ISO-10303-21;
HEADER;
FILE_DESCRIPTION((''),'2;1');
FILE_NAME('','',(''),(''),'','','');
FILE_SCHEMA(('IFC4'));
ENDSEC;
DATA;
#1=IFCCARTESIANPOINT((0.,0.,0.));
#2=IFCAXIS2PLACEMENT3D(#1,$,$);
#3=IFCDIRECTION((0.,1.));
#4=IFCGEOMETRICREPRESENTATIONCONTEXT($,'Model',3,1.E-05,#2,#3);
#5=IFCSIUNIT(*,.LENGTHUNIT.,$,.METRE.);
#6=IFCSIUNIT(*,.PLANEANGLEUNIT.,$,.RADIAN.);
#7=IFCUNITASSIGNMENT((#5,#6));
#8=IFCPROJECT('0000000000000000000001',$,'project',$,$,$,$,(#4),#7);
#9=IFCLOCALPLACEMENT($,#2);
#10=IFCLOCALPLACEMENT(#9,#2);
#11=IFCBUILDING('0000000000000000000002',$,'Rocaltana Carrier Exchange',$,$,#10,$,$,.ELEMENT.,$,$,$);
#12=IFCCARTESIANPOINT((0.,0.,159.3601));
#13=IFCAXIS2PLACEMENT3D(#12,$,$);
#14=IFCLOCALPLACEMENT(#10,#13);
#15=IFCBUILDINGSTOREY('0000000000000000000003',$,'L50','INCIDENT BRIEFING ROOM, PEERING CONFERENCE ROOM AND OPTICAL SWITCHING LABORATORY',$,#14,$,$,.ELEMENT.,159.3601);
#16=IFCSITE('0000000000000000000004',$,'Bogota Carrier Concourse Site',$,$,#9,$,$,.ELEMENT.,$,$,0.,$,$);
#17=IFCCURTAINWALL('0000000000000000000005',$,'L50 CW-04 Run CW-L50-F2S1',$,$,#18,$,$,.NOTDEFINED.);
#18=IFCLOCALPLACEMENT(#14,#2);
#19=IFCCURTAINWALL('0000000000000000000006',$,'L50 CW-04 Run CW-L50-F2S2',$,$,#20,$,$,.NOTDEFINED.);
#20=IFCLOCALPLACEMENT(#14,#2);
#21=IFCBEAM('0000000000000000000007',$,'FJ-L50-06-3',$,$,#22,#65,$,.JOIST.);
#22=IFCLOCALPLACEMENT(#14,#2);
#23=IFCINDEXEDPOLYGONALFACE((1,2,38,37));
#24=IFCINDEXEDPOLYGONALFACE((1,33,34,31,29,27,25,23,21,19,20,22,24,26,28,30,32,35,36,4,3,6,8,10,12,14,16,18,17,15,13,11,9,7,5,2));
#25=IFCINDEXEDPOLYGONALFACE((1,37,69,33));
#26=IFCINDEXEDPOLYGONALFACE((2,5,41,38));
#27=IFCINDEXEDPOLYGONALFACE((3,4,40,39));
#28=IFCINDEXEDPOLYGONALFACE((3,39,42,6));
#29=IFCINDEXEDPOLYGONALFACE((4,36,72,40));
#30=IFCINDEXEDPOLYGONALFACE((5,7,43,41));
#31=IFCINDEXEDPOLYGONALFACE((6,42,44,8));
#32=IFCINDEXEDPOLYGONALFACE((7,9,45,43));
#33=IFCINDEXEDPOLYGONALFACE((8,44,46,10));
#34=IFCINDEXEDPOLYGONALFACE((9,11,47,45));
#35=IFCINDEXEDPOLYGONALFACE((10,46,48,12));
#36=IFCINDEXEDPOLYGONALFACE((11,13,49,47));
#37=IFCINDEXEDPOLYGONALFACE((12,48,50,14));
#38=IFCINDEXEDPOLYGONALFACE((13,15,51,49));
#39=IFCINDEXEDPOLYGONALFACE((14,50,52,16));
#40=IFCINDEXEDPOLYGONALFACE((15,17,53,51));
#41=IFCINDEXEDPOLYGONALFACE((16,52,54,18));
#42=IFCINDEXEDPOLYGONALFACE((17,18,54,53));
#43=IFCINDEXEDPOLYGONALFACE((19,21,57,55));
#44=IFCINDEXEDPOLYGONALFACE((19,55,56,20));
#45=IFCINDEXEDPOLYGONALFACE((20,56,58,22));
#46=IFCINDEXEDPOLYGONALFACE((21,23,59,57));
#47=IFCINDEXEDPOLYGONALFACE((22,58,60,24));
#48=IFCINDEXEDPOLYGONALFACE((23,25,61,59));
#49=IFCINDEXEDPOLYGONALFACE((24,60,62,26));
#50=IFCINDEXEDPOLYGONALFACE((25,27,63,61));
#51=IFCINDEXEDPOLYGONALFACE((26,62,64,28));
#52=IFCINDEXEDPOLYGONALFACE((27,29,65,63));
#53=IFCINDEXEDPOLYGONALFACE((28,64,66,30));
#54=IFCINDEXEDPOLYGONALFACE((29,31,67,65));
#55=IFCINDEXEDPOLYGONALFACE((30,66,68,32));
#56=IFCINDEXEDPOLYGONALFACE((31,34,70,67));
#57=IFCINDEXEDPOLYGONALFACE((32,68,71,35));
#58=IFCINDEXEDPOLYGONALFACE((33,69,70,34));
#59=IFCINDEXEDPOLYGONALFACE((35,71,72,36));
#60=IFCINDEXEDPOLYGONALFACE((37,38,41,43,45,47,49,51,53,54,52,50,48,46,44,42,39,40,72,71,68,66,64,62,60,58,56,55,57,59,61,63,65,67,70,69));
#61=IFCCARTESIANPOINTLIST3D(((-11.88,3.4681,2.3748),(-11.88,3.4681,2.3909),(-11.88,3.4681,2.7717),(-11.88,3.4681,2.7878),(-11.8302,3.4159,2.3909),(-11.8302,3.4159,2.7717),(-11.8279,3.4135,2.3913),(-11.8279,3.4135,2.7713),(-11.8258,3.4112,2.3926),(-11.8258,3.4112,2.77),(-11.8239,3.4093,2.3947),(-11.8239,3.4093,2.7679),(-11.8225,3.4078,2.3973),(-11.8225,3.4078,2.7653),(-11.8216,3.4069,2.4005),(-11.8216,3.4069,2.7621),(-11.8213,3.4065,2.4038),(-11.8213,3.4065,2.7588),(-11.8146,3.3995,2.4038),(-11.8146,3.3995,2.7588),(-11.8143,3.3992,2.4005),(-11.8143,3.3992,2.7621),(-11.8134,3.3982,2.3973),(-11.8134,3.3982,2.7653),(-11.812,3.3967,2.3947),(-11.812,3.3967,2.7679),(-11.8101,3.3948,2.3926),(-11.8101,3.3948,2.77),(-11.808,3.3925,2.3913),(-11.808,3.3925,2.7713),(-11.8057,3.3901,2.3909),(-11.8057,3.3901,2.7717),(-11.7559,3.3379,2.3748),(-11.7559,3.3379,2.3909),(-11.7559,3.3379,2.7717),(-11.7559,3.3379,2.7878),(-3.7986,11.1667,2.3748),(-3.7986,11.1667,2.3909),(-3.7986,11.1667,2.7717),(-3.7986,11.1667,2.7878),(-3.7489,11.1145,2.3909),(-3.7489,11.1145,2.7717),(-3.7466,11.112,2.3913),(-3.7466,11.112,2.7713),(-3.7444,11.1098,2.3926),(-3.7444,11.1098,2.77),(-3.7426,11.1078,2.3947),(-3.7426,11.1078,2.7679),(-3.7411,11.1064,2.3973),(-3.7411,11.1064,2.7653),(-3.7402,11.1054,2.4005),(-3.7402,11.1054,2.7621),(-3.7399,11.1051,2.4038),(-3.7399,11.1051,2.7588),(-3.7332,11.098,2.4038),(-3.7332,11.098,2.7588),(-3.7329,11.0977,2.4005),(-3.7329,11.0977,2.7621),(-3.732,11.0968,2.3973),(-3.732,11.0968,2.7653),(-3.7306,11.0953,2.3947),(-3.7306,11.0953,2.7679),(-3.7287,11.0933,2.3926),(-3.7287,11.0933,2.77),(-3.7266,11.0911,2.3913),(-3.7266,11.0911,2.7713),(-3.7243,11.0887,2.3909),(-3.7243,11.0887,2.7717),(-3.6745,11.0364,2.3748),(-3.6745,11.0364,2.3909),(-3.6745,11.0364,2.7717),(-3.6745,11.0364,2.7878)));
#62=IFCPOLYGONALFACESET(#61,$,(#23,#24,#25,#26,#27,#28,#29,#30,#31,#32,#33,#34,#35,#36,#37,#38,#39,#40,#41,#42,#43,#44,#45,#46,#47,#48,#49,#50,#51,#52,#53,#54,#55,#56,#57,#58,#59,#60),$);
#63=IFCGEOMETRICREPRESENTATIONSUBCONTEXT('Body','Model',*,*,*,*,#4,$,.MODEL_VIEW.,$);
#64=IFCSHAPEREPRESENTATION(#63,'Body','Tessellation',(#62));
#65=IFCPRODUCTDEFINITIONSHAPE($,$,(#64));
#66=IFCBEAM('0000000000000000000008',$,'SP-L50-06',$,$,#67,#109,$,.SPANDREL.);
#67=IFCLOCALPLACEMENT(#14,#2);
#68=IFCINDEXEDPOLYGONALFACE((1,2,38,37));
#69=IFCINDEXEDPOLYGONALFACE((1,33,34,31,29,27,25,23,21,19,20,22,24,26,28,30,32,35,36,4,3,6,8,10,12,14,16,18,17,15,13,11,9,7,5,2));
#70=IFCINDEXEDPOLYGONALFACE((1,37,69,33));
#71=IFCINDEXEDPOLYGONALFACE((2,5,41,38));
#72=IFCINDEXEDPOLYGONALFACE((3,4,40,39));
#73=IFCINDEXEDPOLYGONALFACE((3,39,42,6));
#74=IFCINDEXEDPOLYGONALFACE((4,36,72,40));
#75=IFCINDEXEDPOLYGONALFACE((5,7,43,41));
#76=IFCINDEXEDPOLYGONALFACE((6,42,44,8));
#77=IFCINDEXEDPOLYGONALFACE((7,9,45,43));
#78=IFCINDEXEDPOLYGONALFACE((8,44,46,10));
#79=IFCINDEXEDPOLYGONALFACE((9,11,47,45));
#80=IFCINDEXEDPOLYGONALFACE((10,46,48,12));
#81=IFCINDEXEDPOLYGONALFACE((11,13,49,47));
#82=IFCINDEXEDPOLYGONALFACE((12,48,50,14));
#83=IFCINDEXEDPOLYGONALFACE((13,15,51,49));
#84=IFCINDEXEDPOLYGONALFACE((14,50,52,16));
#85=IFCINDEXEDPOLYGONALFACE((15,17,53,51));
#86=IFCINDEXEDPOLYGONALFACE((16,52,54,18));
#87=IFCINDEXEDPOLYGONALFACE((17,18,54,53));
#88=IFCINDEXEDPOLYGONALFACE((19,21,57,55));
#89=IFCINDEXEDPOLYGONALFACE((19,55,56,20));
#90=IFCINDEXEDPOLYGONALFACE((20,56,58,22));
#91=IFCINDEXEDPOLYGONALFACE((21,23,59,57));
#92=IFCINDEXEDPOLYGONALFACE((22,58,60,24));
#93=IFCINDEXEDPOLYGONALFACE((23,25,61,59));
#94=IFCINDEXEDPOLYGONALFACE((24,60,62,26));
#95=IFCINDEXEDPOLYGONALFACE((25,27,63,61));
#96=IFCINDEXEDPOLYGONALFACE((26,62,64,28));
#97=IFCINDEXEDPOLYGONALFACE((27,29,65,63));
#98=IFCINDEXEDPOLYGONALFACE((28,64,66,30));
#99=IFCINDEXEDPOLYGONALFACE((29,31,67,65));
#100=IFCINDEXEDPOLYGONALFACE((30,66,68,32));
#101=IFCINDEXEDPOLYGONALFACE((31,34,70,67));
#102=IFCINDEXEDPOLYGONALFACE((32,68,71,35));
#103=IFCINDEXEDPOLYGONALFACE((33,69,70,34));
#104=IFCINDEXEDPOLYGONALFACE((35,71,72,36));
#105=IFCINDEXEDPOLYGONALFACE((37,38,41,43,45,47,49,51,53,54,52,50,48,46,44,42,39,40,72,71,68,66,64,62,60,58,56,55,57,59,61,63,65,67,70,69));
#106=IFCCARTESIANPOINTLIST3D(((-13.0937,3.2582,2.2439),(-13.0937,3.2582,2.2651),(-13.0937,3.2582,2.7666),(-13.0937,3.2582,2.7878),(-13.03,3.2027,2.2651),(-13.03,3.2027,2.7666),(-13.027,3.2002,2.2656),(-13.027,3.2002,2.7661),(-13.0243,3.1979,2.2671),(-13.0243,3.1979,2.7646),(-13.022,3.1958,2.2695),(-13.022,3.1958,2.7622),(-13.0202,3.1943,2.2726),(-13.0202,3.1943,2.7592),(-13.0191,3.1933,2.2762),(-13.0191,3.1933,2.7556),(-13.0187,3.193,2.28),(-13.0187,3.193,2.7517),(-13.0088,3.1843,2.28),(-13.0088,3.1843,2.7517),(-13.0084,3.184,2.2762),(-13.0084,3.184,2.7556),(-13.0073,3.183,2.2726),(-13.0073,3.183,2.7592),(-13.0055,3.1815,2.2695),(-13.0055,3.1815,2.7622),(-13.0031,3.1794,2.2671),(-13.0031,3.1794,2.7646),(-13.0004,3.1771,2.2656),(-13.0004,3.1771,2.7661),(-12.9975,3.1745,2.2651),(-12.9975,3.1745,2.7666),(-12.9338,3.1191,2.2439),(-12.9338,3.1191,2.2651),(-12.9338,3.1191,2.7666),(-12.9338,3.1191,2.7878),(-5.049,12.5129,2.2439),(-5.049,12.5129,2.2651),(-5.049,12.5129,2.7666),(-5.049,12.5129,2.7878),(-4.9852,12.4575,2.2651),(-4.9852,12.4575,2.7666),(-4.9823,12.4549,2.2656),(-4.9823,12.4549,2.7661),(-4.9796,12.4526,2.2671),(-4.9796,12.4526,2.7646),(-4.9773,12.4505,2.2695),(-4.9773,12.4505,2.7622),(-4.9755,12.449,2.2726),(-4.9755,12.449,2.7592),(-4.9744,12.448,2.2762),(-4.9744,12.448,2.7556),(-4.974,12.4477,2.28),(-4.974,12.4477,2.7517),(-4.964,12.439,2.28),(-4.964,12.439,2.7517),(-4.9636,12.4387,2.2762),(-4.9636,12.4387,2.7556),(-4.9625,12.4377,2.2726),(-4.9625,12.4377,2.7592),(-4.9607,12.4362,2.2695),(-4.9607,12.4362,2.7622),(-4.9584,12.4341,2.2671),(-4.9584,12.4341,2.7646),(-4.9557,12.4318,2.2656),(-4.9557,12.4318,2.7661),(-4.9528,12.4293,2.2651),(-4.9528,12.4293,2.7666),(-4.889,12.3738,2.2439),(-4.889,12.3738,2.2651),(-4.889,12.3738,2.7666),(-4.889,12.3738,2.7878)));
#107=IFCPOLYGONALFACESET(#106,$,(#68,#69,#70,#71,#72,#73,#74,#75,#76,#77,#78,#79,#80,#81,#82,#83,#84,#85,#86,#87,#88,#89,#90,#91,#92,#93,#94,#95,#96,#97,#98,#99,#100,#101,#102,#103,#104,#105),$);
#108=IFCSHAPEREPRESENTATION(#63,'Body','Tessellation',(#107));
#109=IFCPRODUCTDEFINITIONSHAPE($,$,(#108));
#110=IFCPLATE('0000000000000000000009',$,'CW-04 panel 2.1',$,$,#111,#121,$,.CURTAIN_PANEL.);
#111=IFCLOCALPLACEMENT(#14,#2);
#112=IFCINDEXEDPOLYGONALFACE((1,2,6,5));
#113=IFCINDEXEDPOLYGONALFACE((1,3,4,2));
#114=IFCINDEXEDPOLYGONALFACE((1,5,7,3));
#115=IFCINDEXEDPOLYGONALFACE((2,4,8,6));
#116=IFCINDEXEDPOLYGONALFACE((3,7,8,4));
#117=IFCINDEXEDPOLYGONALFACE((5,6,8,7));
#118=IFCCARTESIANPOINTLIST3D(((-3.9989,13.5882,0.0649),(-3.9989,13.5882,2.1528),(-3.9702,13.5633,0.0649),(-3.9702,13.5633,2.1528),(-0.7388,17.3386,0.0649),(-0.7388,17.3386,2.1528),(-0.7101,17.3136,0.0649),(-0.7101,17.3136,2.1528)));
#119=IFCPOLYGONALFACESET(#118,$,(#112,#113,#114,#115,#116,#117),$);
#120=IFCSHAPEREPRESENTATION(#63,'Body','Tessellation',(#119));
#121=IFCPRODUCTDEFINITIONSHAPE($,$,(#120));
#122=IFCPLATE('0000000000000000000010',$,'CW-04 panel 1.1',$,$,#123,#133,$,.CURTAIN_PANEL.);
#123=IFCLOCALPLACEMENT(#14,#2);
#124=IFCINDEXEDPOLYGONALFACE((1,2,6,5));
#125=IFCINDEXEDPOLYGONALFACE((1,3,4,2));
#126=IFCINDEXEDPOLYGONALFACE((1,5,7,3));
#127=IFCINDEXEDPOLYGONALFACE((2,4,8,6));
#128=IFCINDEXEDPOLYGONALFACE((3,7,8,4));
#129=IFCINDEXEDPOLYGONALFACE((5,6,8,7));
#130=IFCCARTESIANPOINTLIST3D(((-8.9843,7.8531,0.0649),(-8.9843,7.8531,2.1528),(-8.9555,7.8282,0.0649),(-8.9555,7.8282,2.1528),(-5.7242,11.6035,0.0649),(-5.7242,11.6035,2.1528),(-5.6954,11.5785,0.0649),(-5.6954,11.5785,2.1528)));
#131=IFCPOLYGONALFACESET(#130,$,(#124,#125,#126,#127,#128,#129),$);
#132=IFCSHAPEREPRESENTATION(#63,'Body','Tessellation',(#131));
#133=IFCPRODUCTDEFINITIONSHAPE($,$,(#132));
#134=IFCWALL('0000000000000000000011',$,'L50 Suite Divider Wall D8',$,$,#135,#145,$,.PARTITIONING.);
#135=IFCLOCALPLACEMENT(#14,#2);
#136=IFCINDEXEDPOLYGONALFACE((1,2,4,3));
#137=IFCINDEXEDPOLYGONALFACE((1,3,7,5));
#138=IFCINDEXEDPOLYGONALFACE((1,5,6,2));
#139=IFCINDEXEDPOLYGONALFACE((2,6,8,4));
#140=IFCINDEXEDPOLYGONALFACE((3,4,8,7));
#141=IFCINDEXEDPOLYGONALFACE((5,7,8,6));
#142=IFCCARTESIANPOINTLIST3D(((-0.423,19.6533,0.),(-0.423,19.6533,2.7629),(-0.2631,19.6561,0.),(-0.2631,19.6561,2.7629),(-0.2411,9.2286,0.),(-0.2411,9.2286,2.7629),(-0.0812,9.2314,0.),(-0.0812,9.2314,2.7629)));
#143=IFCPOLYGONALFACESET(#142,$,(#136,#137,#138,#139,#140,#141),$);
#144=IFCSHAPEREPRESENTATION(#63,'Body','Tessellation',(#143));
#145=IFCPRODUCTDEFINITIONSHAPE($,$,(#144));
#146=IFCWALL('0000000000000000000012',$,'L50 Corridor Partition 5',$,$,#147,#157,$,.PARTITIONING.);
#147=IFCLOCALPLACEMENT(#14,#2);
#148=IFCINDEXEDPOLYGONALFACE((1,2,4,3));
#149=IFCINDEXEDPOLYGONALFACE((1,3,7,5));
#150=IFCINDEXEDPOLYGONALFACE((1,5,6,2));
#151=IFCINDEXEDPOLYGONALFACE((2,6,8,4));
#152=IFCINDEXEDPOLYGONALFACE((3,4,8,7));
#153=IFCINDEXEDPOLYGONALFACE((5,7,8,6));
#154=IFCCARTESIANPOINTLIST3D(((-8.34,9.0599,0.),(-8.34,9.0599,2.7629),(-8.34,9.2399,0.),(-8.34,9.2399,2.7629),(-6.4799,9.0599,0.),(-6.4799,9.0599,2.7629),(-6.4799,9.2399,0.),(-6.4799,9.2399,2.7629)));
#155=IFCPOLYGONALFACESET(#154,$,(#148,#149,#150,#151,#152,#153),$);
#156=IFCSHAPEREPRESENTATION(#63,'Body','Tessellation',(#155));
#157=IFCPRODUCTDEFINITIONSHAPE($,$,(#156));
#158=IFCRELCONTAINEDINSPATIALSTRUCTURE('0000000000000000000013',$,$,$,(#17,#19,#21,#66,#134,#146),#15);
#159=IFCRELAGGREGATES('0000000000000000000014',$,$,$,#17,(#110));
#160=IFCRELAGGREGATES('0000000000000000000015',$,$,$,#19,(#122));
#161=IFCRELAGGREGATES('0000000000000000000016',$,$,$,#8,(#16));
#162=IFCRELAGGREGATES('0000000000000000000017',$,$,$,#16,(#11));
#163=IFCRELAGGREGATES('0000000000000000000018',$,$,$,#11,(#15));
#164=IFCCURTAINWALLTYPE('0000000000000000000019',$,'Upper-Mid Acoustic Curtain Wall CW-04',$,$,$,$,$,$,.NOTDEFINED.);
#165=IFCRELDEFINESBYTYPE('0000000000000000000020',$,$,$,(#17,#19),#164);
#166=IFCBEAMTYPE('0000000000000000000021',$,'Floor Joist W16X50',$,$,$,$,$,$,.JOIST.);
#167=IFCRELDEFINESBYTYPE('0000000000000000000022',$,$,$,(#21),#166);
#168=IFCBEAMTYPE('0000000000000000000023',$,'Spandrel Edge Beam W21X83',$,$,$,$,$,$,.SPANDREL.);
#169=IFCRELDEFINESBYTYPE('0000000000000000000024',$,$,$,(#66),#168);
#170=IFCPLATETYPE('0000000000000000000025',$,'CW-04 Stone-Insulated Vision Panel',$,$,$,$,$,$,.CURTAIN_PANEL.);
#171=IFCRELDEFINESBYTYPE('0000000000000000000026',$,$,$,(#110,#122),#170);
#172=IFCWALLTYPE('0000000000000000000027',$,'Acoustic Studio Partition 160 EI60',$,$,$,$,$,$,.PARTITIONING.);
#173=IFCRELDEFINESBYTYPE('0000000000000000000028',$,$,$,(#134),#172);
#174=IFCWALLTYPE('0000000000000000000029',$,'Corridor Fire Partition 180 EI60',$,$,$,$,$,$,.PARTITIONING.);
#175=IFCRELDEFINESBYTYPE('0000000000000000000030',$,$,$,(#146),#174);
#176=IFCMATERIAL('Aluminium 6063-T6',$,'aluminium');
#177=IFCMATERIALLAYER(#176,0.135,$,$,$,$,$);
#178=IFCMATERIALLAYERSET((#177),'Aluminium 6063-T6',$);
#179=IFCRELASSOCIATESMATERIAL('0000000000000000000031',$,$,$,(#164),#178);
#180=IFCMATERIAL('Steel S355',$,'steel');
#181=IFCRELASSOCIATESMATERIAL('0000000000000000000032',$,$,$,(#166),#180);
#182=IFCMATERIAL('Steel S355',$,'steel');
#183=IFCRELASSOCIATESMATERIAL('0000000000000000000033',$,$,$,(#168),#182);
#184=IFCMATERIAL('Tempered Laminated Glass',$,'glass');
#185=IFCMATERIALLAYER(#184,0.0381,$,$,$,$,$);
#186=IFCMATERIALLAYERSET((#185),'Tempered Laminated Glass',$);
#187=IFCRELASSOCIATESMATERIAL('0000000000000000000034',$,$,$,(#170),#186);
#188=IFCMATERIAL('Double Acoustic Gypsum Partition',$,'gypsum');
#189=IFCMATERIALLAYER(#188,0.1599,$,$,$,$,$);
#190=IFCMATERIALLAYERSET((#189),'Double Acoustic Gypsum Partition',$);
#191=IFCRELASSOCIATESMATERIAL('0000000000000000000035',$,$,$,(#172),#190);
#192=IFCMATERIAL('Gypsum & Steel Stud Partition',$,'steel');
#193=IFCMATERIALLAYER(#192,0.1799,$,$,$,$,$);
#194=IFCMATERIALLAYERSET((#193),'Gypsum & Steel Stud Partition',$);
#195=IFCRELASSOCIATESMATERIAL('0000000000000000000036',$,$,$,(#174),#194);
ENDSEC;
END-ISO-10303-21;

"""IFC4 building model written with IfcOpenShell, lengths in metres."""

from ifc_helpers import new_model, si_unit, direction, frame, frame_2d, origin, origin_2d, place, context, subcontext, project, spatial, rectangle, i_section, extrude, material, layer, layer_set, material_profile, profile_set, type_object, element, aggregate, save


model = new_model("IFC4")

# Units and contexts
model_context = context("Model", 3, precision=1e-05, world=origin(), true_north=direction((0.0, 1.0)))
body_context = subcontext(model_context, "Body", "Model", "MODEL_VIEW")
ifc_project = project(units=[si_unit("LENGTHUNIT", "METRE"), si_unit("PLANEANGLEUNIT", "RADIAN")], contexts=[model_context])

# Site, building, storey
site_placement = place(None, origin())
site = spatial("IfcSite", under=ifc_project, at=site_placement, Name="Bogota Carrier Concourse Site", CompositionType="ELEMENT", RefElevation=0.0)
building_placement = place(site_placement, origin())
building = spatial("IfcBuilding", under=site, at=building_placement, Name="Rocaltana Carrier Exchange", CompositionType="ELEMENT")
storey_placement = place(building_placement, frame((0.0, 0.0, 159.3601)))
storey = spatial("IfcBuildingStorey", under=building, at=storey_placement, Name="L50", Description="INCIDENT BRIEFING ROOM, PEERING CONFERENCE ROOM AND OPTICAL SWITCHING LABORATORY", CompositionType="ELEMENT", Elevation=159.3601)

# Curtain wall
ifc_material_1 = material(Name="Aluminium 6063-T6", Category="aluminium")
ifc_layer_1 = layer(ifc_material_1, 0.135)
ifc_layer_set_1 = layer_set([ifc_layer_1], Name="Aluminium 6063-T6")
curtain_wall_type = type_object("IfcCurtainWallType", Name="Upper-Mid Acoustic Curtain Wall CW-04", PredefinedType="NOTDEFINED", material=ifc_layer_set_1)
curtain_wall_1_placement = place(storey_placement, origin())
curtain_wall_1 = element("IfcCurtainWall", 1, at=curtain_wall_1_placement, inside=storey, type_object=curtain_wall_type, Name="L50 CW-04 Run CW-L50-F2S1", PredefinedType="NOTDEFINED")

# Curtain wall
curtain_wall_2_placement = place(storey_placement, origin())
curtain_wall_2 = element("IfcCurtainWall", 2, at=curtain_wall_2_placement, inside=storey, type_object=curtain_wall_type, Name="L50 CW-04 Run CW-L50-F2S2", PredefinedType="NOTDEFINED")

# Beams
ifc_material_2 = material(Name="Steel S355", Category="steel")
ifc_material_profile_1 = material_profile(ifc_material_2, i_section(OverallWidth=0.1799, OverallDepth=0.4131, WebThickness=0.0098, FlangeThickness=0.0161, FilletRadius=0.0129, at=origin_2d()), Name="W16X50")
ifc_profile_set_1 = profile_set([ifc_material_profile_1], Name="Steel S355")
beam_type_1 = type_object("IfcBeamType", Name="Floor Joist W16X50", PredefinedType="JOIST", material=ifc_profile_set_1)
beam_1_placement = place(storey_placement, frame((-3.7366, 11.1016, 2.5813), z_axis=(-0.724048, -0.68975, 0.0), x_axis=(0.68975, -0.724048, 0.0)))
element("IfcBeam", 3, at=beam_1_placement, inside=storey, type_object=beam_type_1, Name="FJ-L50-06-3", PredefinedType="JOIST", context=body_context, shape_type="SweptSolid", body=[
    extrude(i_section(OverallWidth=0.1799, OverallDepth=0.4131, WebThickness=0.0098, FlangeThickness=0.0161, FilletRadius=0.0129, at=origin_2d()), origin(), (0.0, 0.0, 1.0), 11.1614),
])
ifc_material_3 = material(Name="Steel S355", Category="steel")
ifc_material_profile_2 = material_profile(ifc_material_3, i_section(OverallWidth=0.2119, OverallDepth=0.5439, WebThickness=0.0132, FlangeThickness=0.0212, FilletRadius=0.0149, at=origin_2d()), Name="W21X83")
ifc_profile_set_2 = profile_set([ifc_material_profile_2], Name="Steel S355")
beam_type_2 = type_object("IfcBeamType", Name="Spandrel Edge Beam W21X83", PredefinedType="SPANDREL", material=ifc_profile_set_2)
beam_2_placement = place(storey_placement, frame((-4.969, 12.4434, 2.5159), z_axis=(-0.656047, -0.75472, 0.0), x_axis=(0.75472, -0.656047, 0.0)))
element("IfcBeam", 4, at=beam_2_placement, inside=storey, type_object=beam_type_2, Name="SP-L50-06", PredefinedType="SPANDREL", context=body_context, shape_type="SweptSolid", body=[
    extrude(i_section(OverallWidth=0.2119, OverallDepth=0.5439, WebThickness=0.0132, FlangeThickness=0.0212, FilletRadius=0.0149, at=origin_2d()), origin(), (0.0, 0.0, 1.0), 12.2625),
])

# Plates
ifc_material_4 = material(Name="Tempered Laminated Glass", Category="glass")
ifc_layer_2 = layer(ifc_material_4, 0.0381)
ifc_layer_set_2 = layer_set([ifc_layer_2], Name="Tempered Laminated Glass")
plate_type = type_object("IfcPlateType", Name="CW-04 Stone-Insulated Vision Panel", PredefinedType="CURTAIN_PANEL", material=ifc_layer_set_2)
plate_1_placement = place(storey_placement, frame((-2.3545, 15.4509, 0.0649), z_axis=(0.0, 0.0, 1.0), x_axis=(-0.656057, -0.754712, 0.0)))
plate_1 = element("IfcPlate", 5, at=plate_1_placement, type_object=plate_type, Name="CW-04 panel 2.1", PredefinedType="CURTAIN_PANEL", context=body_context, shape_type="SweptSolid", body=[
    extrude(rectangle(XDim=4.9692, YDim=0.0381, at=origin_2d()), origin(), (0.0, 0.0, 1.0), 2.0879),
])
aggregate(curtain_wall_1, [plate_1])
plate_2_placement = place(storey_placement, frame((-7.3398, 9.7158, 0.0649), z_axis=(0.0, 0.0, 1.0), x_axis=(-0.656057, -0.754712, 0.0)))
plate_2 = element("IfcPlate", 6, at=plate_2_placement, type_object=plate_type, Name="CW-04 panel 1.1", PredefinedType="CURTAIN_PANEL", context=body_context, shape_type="SweptSolid", body=[
    extrude(rectangle(XDim=4.9692, YDim=0.0381, at=origin_2d()), origin(), (0.0, 0.0, 1.0), 2.0879),
])
aggregate(curtain_wall_2, [plate_2])

# Walls
ifc_material_5 = material(Name="Double Acoustic Gypsum Partition", Category="gypsum")
ifc_layer_3 = layer(ifc_material_5, 0.1599)
ifc_layer_set_3 = layer_set([ifc_layer_3], Name="Double Acoustic Gypsum Partition")
wall_type_1 = type_object("IfcWallType", Name="Acoustic Studio Partition 160 EI60", PredefinedType="PARTITIONING", material=ifc_layer_set_3)
wall_1_placement = place(storey_placement, frame((-0.1611, 9.23, 0.0), z_axis=(0.0, 0.0, 1.0), x_axis=(-0.017445, 0.999848, 0.0)))
element("IfcWall", 7, at=wall_1_placement, inside=storey, type_object=wall_type_1, Name="L50 Suite Divider Wall D8", PredefinedType="PARTITIONING", context=body_context, shape_type="SweptSolid", body=[
    extrude(rectangle(XDim=10.4263, YDim=0.1599, at=frame_2d((5.2131, 0.0))), origin(), (0.0, 0.0, 1.0), 2.7629),
])
ifc_material_6 = material(Name="Gypsum & Steel Stud Partition", Category="steel")
ifc_layer_4 = layer(ifc_material_6, 0.1799)
ifc_layer_set_4 = layer_set([ifc_layer_4], Name="Gypsum & Steel Stud Partition")
wall_type_2 = type_object("IfcWallType", Name="Corridor Fire Partition 180 EI60", PredefinedType="PARTITIONING", material=ifc_layer_set_4)
wall_2_placement = place(storey_placement, frame((-8.3401, 9.1499, 0.0), z_axis=(0.0, 0.0, 1.0), x_axis=(1.0, 0.0, 0.0)))
element("IfcWall", 8, at=wall_2_placement, inside=storey, type_object=wall_type_2, Name="L50 Corridor Partition 5", PredefinedType="PARTITIONING", context=body_context, shape_type="SweptSolid", body=[
    extrude(rectangle(XDim=1.8601, YDim=0.1799, at=frame_2d((0.9302, 0.0))), origin(), (0.0, 0.0, 1.0), 2.7629),
])

save(model, "model.ifc")
